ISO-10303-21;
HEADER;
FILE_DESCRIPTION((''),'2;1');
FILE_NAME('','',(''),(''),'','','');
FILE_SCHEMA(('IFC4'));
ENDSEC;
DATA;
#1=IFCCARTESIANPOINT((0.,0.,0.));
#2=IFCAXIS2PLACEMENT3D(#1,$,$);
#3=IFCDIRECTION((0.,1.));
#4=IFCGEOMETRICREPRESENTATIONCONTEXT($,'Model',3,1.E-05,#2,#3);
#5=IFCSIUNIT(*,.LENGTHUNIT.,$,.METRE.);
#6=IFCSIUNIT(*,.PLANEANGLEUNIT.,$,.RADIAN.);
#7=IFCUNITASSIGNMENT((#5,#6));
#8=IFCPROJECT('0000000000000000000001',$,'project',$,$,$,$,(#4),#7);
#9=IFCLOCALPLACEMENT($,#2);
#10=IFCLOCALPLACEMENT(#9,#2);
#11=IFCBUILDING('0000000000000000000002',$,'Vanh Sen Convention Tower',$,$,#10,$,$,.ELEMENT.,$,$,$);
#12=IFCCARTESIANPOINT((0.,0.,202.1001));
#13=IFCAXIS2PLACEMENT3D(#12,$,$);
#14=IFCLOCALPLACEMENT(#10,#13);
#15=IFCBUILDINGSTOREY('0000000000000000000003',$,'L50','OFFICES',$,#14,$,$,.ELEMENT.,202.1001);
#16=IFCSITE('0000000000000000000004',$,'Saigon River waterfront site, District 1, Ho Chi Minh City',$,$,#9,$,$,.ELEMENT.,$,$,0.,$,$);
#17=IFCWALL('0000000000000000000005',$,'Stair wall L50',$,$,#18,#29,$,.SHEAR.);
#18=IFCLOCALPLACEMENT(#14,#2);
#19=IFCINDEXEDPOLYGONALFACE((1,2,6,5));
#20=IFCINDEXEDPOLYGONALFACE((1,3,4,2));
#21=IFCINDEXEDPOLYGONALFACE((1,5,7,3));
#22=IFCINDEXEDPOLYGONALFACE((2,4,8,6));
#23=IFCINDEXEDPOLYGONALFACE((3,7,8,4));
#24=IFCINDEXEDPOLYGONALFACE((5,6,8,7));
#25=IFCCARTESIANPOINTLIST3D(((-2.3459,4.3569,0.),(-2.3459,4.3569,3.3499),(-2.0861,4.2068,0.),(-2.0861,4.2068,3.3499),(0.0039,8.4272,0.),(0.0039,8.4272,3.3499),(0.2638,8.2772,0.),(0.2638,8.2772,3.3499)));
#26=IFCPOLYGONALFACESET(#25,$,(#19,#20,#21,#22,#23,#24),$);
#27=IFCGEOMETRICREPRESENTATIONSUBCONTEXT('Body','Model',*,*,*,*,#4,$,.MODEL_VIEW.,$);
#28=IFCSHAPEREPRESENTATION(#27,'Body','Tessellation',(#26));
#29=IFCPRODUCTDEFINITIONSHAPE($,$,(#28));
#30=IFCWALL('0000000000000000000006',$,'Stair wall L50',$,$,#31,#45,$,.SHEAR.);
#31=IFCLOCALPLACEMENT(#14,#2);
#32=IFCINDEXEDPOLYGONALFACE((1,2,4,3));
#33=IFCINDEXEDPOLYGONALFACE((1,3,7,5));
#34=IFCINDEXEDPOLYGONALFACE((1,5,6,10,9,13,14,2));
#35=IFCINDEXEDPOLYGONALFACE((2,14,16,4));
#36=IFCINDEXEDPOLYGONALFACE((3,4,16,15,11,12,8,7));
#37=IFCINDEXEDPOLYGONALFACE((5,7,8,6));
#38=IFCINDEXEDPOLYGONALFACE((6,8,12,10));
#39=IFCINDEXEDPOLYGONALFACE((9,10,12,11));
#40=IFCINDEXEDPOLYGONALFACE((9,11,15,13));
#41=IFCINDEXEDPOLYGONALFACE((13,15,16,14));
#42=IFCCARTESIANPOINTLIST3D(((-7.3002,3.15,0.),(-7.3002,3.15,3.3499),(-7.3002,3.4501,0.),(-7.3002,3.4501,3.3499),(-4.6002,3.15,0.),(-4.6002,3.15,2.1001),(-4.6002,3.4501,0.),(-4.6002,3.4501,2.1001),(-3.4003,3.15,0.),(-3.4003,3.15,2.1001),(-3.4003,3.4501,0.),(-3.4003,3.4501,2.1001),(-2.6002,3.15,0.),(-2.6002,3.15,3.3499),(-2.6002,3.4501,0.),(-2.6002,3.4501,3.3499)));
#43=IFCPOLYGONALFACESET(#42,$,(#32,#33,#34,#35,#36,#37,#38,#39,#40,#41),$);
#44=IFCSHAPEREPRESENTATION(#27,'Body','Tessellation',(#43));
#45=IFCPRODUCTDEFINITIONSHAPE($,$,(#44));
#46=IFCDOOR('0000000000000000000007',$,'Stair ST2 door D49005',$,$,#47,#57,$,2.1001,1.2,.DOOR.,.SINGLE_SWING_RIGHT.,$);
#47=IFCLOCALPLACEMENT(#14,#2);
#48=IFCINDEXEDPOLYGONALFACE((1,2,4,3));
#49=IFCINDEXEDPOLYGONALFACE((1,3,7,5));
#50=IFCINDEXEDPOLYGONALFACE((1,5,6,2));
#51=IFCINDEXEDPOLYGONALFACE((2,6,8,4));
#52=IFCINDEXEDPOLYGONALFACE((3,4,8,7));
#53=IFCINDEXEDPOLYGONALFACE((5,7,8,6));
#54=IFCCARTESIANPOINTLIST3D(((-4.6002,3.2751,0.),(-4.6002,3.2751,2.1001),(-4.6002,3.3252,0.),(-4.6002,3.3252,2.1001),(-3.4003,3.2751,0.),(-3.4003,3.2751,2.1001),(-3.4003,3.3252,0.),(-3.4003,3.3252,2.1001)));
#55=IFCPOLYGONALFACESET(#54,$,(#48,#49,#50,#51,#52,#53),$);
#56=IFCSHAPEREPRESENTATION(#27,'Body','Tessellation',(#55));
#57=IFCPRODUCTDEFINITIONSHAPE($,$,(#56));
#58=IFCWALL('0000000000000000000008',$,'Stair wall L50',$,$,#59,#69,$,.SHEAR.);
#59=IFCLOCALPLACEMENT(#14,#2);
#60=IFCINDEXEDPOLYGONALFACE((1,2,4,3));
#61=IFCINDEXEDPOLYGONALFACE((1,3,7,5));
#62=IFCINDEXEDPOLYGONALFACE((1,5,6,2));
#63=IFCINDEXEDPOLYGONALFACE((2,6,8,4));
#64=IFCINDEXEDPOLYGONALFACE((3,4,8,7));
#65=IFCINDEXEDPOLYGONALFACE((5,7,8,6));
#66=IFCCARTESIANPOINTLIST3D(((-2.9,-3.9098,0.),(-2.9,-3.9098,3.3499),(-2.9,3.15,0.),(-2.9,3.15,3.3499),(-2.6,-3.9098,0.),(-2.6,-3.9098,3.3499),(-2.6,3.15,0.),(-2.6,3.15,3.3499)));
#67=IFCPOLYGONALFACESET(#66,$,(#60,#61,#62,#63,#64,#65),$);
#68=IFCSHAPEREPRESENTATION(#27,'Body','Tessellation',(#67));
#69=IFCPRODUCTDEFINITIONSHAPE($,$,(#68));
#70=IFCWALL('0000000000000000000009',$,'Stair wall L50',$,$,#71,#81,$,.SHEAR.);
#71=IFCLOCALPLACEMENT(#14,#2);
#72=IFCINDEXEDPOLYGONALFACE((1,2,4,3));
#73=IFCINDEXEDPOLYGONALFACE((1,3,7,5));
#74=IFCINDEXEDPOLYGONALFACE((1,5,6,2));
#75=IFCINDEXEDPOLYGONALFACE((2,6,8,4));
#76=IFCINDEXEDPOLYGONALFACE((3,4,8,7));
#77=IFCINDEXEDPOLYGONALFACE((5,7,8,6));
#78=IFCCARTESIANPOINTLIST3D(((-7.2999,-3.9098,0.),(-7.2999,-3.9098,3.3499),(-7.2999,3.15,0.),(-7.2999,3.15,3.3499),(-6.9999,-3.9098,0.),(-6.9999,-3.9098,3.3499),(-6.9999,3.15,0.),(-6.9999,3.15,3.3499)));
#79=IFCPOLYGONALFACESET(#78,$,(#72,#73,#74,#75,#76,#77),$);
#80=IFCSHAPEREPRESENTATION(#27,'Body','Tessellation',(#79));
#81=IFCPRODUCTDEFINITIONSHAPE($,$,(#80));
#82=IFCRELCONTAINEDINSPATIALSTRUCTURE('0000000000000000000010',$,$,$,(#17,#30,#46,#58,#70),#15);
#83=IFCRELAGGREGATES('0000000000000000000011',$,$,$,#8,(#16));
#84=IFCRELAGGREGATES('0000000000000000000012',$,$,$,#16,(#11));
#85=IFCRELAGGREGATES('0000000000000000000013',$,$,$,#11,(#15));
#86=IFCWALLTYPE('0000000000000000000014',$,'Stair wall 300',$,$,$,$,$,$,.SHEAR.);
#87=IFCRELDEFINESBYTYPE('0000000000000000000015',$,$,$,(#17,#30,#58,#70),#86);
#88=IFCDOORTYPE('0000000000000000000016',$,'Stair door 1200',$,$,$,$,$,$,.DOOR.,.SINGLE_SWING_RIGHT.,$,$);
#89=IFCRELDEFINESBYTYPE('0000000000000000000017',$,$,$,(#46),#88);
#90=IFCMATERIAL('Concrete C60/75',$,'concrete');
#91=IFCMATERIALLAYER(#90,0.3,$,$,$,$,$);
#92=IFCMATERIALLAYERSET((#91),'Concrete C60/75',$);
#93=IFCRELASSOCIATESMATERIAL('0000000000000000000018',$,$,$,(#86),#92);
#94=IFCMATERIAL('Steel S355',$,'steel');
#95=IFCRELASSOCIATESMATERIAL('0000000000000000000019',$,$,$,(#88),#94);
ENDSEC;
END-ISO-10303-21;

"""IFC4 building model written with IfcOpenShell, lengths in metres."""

from ifc_helpers import new_model, si_unit, direction, frame, frame_2d, origin, place, context, subcontext, project, spatial, rectangle, extrude, material, layer, layer_set, type_object, element, fill, save


model = new_model("IFC4")

# Units and contexts
model_context = context("Model", 3, precision=1e-05, world=origin(), true_north=direction((0.0, 1.0)))
body_context = subcontext(model_context, "Body", "Model", "MODEL_VIEW")
ifc_project = project(units=[si_unit("LENGTHUNIT", "METRE"), si_unit("PLANEANGLEUNIT", "RADIAN")], contexts=[model_context])

# Site, building, storey
site_placement = place(None, origin())
site = spatial("IfcSite", under=ifc_project, at=site_placement, Name="Saigon River waterfront site, District 1, Ho Chi Minh City", CompositionType="ELEMENT", RefElevation=0.0)
building_placement = place(site_placement, origin())
building = spatial("IfcBuilding", under=site, at=building_placement, Name="Vanh Sen Convention Tower", CompositionType="ELEMENT")
storey_placement = place(building_placement, frame((0.0, 0.0, 202.1001)))
storey = spatial("IfcBuildingStorey", under=building, at=storey_placement, Name="L50", Description="OFFICES", CompositionType="ELEMENT", Elevation=202.1001)

# Shared definitions
ifc_material_1 = material(Name="Concrete C60/75", Category="concrete")

# Shared definitions
ifc_material_2 = material(Name="Steel S355", Category="steel")

# Wall
ifc_layer_1 = layer(ifc_material_1, 0.3)
ifc_layer_set_1 = layer_set([ifc_layer_1], Name="Concrete C60/75")
wall_type_1 = type_object("IfcWallType", Name="Stair wall 300", PredefinedType="SHEAR", material=ifc_layer_set_1)
wall_1_placement = place(storey_placement, frame((-2.2161, 4.2817, 0.0), z_axis=(0.0, 0.0, 1.0), x_axis=(0.499977, 0.866039, 0.0)))
element("IfcWall", 1, at=wall_1_placement, inside=storey, type_object=wall_type_1, Name="Stair wall L50", PredefinedType="SHEAR", context=body_context, shape_type="SweptSolid", body=[
    extrude(rectangle(XDim=4.7, YDim=0.3, at=frame_2d((2.3501, 0.0))), origin(), (0.0, 0.0, 1.0), 3.3499),
])

# Wall, opening, door
wall_2_placement = place(storey_placement, frame((-2.6001, 3.3, 0.0), z_axis=(0.0, 0.0, 1.0), x_axis=(-1.0, 0.0, 0.0)))
wall_2 = element("IfcWall", 2, at=wall_2_placement, inside=storey, type_object=wall_type_1, Name="Stair wall L50", PredefinedType="SHEAR", context=body_context, shape_type="SweptSolid", body=[
    extrude(rectangle(XDim=4.7, YDim=0.3, at=frame_2d((2.3501, 0.0))), origin(), (0.0, 0.0, 1.0), 3.3499),
])
opening_1_placement = place(wall_2_placement, frame((0.8, 0.0, 0.0)))
opening_1 = element("IfcOpeningElement", 3, at=opening_1_placement, cuts=wall_2, PredefinedType="OPENING", context=body_context, shape_type="SweptSolid", body=[
    extrude(rectangle(XDim=1.2, YDim=2.1001, at=frame_2d((0.6001, 1.05))), frame((0.0, 0.1599, 0.0), z_axis=(0.0, -1.0, 0.0), x_axis=(1.0, 0.0, 0.0)), (0.0, 0.0, 1.0), 0.3201),
])
door_type_1 = type_object("IfcDoorType", Name="Stair door 1200", OperationType="SINGLE_SWING_RIGHT", PredefinedType="DOOR", material=ifc_material_2)
door_1_placement = place(opening_1_placement, origin())
door_1 = element("IfcDoor", 4, at=door_1_placement, inside=storey, type_object=door_type_1, Name="Stair ST2 door D49005", OperationType="SINGLE_SWING_RIGHT", OverallHeight=2.1001, OverallWidth=1.2, PredefinedType="DOOR", context=body_context, shape_type="SweptSolid", body=[
    extrude(rectangle(XDim=1.2, YDim=2.1001, at=frame_2d((0.6001, 1.05))), frame((0.0, 0.0249, 0.0), z_axis=(0.0, -1.0, 0.0), x_axis=(1.0, 0.0, 0.0)), (0.0, 0.0, 1.0), 0.05),
])
fill(opening_1, door_1)

# Walls
for number, where, z_axis, x_axis, name in (
    (5, (-2.75, 3.1499, 0.0), (0.0, 0.0, 1.0), (0.0, -1.0, 0.0), "Stair wall L50"),
    (6, (-7.1499, 3.1499, 0.0), (0.0, 0.0, 1.0), (0.0, -1.0, 0.0), "Stair wall L50"),
):
    element("IfcWall", number, at=place(storey_placement, frame(where, z_axis=z_axis, x_axis=x_axis)), inside=storey, type_object=wall_type_1, Name=name, PredefinedType="SHEAR", context=body_context, shape_type="SweptSolid", body=[
        extrude(rectangle(XDim=7.0598, YDim=0.3, at=frame_2d((3.5298, 0.0))), origin(), (0.0, 0.0, 1.0), 3.3499),
    ])

save(model, "model.ifc")
